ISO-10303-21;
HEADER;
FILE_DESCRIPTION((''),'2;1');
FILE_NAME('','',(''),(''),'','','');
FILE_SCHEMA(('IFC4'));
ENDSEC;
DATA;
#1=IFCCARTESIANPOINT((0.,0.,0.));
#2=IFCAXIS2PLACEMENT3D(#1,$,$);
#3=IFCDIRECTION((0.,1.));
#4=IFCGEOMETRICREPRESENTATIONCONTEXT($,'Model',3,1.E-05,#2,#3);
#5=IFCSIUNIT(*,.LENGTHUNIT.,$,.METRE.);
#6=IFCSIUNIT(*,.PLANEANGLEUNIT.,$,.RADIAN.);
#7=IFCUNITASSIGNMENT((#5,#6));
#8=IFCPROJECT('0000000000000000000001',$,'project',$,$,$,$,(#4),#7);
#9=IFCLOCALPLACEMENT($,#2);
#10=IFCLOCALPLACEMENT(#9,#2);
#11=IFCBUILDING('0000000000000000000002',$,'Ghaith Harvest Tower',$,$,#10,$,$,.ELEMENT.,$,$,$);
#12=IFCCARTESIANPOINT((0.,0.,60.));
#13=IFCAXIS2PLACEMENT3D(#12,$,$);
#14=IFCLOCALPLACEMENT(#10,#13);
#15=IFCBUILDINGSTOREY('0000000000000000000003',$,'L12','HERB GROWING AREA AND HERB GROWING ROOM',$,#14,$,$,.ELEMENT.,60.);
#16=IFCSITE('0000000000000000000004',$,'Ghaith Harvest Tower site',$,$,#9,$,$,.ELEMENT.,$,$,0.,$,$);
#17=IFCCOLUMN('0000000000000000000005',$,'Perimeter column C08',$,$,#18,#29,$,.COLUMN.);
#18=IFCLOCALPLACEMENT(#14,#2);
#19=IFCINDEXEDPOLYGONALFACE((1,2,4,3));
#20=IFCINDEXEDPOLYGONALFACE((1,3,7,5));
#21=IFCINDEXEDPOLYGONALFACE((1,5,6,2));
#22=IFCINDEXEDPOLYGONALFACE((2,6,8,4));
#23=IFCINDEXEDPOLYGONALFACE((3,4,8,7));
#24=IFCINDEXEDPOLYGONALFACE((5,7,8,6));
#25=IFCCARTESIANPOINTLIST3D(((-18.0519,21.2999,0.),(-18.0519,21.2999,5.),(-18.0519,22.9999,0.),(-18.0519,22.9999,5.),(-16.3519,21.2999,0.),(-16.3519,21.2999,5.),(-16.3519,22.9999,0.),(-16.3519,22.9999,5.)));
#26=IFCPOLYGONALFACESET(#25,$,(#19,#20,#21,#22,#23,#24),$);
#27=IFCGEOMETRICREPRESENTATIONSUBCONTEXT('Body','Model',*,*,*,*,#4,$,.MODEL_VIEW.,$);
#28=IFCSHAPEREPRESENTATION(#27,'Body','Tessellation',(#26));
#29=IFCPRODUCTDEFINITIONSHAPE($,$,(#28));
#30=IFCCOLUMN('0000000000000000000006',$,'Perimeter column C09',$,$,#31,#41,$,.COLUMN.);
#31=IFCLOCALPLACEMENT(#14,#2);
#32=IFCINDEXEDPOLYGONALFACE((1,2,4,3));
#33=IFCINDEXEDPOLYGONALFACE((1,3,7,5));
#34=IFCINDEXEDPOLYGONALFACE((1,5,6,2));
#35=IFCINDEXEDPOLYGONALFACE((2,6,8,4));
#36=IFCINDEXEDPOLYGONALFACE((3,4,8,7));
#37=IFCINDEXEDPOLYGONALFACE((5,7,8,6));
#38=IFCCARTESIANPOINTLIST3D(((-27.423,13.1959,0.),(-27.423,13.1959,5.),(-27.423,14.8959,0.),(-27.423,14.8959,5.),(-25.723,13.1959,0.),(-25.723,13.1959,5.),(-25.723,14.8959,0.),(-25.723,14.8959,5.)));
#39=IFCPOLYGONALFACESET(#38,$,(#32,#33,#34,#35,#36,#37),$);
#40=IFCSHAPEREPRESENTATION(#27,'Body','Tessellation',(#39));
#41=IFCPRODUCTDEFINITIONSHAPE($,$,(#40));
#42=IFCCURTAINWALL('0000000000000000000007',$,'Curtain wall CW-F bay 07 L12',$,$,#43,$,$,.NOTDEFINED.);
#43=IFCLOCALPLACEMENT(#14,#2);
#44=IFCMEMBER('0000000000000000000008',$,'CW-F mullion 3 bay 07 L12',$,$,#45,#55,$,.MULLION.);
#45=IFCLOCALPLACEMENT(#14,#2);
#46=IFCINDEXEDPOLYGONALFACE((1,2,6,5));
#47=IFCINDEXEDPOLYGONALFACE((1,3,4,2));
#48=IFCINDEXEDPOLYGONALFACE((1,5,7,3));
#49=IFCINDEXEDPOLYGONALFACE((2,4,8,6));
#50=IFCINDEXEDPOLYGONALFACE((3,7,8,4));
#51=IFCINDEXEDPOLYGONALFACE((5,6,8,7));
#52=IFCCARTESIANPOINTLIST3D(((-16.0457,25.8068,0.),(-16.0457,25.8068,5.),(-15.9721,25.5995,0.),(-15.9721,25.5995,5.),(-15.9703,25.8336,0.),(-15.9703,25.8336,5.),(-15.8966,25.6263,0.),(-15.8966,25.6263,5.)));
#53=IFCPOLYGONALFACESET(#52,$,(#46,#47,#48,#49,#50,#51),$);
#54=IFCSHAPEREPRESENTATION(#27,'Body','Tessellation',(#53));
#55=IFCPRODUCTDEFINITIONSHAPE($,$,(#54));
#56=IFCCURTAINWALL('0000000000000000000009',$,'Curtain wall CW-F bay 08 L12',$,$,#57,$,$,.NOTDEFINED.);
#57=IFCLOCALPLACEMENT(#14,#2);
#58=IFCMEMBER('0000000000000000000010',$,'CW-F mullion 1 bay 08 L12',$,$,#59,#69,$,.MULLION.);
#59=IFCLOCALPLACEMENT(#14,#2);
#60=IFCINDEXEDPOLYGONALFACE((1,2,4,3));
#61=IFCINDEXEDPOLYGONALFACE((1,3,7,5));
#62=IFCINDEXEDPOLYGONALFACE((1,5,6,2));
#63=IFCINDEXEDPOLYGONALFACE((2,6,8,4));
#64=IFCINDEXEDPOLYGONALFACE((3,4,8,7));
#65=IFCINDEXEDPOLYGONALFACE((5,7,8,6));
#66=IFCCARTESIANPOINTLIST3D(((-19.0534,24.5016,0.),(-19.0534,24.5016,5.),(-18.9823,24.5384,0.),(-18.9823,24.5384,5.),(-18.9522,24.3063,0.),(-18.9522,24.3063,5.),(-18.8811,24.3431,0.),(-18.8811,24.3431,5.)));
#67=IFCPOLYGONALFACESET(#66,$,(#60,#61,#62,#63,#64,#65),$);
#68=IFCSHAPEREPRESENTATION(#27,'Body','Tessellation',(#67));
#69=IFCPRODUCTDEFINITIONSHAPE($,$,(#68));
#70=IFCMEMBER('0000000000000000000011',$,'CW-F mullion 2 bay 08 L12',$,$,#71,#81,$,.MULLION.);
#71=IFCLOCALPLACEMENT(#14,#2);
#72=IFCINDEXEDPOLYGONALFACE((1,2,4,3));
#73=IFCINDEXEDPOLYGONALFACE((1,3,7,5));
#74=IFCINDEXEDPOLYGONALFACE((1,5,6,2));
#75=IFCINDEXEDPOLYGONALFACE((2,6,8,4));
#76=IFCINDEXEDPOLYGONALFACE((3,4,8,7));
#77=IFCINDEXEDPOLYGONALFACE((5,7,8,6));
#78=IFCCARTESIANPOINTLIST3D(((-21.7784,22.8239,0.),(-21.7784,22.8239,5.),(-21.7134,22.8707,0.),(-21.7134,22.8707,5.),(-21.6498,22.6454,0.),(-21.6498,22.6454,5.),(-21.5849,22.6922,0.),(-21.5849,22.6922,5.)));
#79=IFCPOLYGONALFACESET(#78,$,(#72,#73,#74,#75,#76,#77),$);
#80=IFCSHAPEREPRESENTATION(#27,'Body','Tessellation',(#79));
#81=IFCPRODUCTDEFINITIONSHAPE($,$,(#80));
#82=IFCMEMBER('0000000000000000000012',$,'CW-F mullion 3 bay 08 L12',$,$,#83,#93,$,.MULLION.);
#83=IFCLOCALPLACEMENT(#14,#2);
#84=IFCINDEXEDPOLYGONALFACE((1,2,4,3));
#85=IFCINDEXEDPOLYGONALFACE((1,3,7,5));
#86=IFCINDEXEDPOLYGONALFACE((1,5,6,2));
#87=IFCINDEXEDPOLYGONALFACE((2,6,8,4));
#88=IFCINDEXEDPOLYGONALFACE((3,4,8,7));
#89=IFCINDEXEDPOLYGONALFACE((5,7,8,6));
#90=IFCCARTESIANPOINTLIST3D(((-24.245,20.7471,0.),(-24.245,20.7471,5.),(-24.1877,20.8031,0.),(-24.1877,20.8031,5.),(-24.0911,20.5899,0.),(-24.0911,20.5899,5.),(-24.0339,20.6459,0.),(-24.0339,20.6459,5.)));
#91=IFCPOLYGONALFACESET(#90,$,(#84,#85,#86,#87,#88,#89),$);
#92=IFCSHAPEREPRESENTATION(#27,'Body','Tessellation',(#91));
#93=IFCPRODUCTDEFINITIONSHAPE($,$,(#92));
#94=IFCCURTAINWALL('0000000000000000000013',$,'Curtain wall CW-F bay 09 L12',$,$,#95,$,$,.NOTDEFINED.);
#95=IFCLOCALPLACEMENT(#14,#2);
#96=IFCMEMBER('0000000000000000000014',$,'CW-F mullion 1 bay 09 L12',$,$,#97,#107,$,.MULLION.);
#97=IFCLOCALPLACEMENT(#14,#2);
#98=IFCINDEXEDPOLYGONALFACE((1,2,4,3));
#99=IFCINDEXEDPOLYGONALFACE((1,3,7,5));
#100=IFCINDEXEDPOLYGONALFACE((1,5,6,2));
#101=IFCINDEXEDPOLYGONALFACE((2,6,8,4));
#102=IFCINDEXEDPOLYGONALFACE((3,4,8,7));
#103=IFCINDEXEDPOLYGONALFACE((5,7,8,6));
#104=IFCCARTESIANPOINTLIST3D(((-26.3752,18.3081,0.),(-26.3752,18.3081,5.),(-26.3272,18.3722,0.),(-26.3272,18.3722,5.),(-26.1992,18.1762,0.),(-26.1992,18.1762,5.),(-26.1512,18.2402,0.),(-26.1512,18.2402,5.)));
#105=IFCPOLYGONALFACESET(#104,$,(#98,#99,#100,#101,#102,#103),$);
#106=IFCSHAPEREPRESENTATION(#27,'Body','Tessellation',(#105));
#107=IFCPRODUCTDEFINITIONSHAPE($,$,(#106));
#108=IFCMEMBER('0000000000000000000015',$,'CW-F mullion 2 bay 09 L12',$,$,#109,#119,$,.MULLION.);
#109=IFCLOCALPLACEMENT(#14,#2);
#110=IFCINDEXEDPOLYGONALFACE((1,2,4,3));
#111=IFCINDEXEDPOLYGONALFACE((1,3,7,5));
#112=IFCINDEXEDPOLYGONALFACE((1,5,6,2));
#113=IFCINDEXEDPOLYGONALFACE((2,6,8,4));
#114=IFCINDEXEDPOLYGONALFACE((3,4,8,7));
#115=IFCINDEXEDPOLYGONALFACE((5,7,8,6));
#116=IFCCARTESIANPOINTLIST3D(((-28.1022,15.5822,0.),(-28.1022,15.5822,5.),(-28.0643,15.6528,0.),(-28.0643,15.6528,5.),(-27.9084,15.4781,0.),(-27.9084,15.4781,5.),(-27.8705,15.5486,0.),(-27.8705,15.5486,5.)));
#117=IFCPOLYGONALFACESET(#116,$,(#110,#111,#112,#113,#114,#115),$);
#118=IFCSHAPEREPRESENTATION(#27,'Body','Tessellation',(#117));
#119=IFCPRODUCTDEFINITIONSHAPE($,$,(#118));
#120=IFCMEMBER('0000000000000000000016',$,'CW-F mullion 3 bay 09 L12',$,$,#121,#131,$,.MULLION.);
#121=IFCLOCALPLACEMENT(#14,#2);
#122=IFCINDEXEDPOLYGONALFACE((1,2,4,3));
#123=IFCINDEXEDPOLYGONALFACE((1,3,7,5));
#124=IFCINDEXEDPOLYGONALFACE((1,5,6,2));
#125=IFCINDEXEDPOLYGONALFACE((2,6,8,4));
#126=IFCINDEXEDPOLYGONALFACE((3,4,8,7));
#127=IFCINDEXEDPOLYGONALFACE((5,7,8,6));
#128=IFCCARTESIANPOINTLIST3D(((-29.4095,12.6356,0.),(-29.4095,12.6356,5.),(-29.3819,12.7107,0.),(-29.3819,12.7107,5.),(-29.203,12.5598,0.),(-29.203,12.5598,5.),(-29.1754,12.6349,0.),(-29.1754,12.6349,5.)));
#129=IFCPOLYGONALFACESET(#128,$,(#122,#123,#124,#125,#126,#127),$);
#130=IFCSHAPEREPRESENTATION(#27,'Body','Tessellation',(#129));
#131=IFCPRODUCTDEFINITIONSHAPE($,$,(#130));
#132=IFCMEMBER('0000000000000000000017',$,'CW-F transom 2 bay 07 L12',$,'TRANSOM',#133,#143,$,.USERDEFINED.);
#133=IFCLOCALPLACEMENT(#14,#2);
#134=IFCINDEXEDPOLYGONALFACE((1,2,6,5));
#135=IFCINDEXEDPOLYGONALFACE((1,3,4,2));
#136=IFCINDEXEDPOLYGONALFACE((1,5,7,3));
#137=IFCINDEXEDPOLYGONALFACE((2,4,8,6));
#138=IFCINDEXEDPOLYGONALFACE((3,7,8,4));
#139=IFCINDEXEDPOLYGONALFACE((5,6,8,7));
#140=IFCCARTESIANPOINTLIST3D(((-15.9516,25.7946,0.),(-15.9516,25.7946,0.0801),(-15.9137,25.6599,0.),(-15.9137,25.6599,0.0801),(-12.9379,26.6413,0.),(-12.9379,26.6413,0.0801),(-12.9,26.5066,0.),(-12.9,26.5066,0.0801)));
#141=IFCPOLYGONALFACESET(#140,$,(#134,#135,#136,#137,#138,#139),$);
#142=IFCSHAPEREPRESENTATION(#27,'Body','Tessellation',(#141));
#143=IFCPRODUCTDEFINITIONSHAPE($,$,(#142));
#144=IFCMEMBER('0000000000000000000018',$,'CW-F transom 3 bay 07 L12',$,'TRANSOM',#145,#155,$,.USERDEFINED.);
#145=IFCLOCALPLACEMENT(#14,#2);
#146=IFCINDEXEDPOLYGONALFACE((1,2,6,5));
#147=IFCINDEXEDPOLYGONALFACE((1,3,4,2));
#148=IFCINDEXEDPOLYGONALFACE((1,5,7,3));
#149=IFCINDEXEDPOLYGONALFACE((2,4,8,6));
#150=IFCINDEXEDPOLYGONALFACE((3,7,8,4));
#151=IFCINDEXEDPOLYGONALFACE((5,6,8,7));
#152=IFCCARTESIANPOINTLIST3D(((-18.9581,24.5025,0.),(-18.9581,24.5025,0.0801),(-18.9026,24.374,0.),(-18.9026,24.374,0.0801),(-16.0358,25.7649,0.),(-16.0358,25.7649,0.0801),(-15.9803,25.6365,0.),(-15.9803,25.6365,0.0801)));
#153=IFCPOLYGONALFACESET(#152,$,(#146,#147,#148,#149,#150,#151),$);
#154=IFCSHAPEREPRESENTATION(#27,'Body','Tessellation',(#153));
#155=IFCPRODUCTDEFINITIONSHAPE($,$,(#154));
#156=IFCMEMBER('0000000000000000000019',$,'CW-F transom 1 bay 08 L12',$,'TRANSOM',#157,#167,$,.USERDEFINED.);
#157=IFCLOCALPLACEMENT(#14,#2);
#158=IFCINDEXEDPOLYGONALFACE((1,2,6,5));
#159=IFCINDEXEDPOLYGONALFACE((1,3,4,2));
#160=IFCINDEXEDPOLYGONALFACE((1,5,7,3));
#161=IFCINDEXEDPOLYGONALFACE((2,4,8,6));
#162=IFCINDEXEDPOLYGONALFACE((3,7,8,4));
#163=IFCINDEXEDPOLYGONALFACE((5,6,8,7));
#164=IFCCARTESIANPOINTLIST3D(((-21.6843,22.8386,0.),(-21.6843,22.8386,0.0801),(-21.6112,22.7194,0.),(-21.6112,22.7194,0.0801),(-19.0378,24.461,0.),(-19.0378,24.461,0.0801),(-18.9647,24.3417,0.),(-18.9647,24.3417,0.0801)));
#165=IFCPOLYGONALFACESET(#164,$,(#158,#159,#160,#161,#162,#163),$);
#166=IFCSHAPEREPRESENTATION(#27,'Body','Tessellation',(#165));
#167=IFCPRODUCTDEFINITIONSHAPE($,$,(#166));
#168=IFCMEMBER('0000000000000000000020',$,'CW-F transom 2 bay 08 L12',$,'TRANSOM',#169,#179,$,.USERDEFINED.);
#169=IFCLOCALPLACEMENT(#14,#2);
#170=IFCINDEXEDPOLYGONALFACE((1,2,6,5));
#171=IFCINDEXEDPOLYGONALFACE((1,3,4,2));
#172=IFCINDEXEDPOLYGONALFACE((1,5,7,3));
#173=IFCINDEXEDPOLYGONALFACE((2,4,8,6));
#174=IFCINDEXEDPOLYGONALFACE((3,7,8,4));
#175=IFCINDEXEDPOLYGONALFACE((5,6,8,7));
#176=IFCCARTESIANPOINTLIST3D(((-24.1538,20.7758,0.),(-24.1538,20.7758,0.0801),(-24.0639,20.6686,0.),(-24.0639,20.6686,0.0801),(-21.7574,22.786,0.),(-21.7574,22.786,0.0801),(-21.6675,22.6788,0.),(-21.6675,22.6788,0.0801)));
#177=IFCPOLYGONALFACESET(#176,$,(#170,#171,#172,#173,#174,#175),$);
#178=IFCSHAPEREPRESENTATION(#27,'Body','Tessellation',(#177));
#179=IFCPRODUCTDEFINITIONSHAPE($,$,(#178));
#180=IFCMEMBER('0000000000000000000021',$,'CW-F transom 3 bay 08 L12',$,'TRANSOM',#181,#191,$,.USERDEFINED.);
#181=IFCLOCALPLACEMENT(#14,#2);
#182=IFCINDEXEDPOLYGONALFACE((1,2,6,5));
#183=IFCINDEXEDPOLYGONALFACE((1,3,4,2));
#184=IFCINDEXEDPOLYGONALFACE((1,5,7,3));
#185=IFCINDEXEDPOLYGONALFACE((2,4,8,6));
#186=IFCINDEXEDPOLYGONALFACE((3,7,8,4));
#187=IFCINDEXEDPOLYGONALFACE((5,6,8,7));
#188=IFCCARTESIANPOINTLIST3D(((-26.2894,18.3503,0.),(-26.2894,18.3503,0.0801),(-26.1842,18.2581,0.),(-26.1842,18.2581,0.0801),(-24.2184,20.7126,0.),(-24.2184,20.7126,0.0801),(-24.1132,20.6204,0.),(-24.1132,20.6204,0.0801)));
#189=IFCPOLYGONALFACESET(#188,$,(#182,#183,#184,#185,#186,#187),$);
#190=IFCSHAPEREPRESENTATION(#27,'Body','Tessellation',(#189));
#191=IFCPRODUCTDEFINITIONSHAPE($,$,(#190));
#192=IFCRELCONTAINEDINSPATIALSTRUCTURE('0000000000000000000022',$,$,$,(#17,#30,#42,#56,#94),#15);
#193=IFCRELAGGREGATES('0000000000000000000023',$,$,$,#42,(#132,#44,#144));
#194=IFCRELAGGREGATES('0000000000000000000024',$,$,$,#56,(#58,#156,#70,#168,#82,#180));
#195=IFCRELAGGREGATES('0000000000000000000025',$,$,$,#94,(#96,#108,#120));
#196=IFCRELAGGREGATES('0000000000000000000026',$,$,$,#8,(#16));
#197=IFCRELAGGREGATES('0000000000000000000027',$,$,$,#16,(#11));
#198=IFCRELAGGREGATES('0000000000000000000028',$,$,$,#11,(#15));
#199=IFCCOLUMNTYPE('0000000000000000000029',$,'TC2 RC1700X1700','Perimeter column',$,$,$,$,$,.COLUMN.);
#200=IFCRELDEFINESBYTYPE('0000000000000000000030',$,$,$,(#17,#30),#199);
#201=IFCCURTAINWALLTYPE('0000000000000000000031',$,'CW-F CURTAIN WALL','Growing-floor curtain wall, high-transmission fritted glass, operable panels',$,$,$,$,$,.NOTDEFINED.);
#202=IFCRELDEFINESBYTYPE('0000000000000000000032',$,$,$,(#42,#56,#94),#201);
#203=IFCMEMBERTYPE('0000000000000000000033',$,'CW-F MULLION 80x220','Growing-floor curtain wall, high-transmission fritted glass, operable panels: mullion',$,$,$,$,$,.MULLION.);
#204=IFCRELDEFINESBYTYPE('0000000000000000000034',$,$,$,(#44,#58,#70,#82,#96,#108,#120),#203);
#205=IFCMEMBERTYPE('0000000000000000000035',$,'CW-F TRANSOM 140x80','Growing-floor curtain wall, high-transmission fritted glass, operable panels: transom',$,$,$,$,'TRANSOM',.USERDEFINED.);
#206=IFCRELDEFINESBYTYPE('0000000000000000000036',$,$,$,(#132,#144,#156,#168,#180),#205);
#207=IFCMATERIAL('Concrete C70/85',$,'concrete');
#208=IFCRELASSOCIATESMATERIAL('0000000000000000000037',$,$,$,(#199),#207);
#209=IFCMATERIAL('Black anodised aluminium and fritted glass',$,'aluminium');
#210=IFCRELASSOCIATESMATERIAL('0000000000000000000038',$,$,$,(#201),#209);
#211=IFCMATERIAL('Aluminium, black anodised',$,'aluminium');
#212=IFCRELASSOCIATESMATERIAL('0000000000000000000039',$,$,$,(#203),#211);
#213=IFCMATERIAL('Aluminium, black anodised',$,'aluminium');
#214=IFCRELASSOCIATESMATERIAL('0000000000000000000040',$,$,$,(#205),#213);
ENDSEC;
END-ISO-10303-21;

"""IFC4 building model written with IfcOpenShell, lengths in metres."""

from ifc_helpers import new_model, si_unit, direction, frame, origin, origin_2d, place, context, subcontext, project, spatial, rectangle, extrude, material, material_profile, profile_set, type_object, element, aggregate, save


model = new_model("IFC4")

# Units and contexts
model_context = context("Model", 3, precision=1e-05, world=origin(), true_north=direction((0.0, 1.0)))
body_context = subcontext(model_context, "Body", "Model", "MODEL_VIEW")
ifc_project = project(units=[si_unit("LENGTHUNIT", "METRE"), si_unit("PLANEANGLEUNIT", "RADIAN")], contexts=[model_context])

# Site, building, storey
site_placement = place(None, origin())
site = spatial("IfcSite", under=ifc_project, at=site_placement, Name="Ghaith Harvest Tower site", CompositionType="ELEMENT", RefElevation=0.0)
building_placement = place(site_placement, origin())
building = spatial("IfcBuilding", under=site, at=building_placement, Name="Ghaith Harvest Tower", CompositionType="ELEMENT")
storey_placement = place(building_placement, frame((0.0, 0.0, 60.0)))
storey = spatial("IfcBuildingStorey", under=building, at=storey_placement, Name="L12", Description="HERB GROWING AREA AND HERB GROWING ROOM", CompositionType="ELEMENT", Elevation=60.0)

# Columns
ifc_material_1 = material(Name="Concrete C70/85", Category="concrete")
ifc_material_profile_1 = material_profile(ifc_material_1, rectangle(XDim=1.7, YDim=1.7, at=origin_2d()), Name="RC1700X1700")
ifc_profile_set_1 = profile_set([ifc_material_profile_1], Name="Concrete C70/85")
column_type = type_object("IfcColumnType", Name="TC2 RC1700X1700", Description="Perimeter column", PredefinedType="COLUMN", material=ifc_profile_set_1)
for number, where, z_axis, x_axis, name in (
    (1, (-17.2019, 22.1499, 0.0), (0.0, 0.0, 1.0), (1.0, 0.0, 0.0), "Perimeter column C08"),
    (2, (-26.573, 14.0459, 0.0), (0.0, 0.0, 1.0), (1.0, 0.0, 0.0), "Perimeter column C09"),
):
    element("IfcColumn", number, at=place(storey_placement, frame(where, z_axis=z_axis, x_axis=x_axis)), inside=storey, type_object=column_type, Name=name, PredefinedType="COLUMN", context=body_context, shape_type="SweptSolid", body=[
        extrude(rectangle(XDim=1.7, YDim=1.7, at=origin_2d()), origin(), (0.0, 0.0, 1.0), 5.0),
    ])

# Curtain wall, member
ifc_material_2 = material(Name="Black anodised aluminium and fritted glass", Category="aluminium")
curtain_wall_type = type_object("IfcCurtainWallType", Name="CW-F CURTAIN WALL", Description="Growing-floor curtain wall, high-transmission fritted glass, operable panels", PredefinedType="NOTDEFINED", material=ifc_material_2)
curtain_wall_1_placement = place(storey_placement, origin())
curtain_wall_1 = element("IfcCurtainWall", 3, at=curtain_wall_1_placement, inside=storey, type_object=curtain_wall_type, Name="Curtain wall CW-F bay 07 L12", PredefinedType="NOTDEFINED")
ifc_material_3 = material(Name="Aluminium, black anodised", Category="aluminium")
ifc_material_profile_2 = material_profile(ifc_material_3, rectangle(XDim=0.0801, YDim=0.22, at=origin_2d()), Name="CW-F MULLION 80x220")
ifc_profile_set_2 = profile_set([ifc_material_profile_2], Name="Aluminium, black anodised")
member_type_1 = type_object("IfcMemberType", Name="CW-F MULLION 80x220", Description="Growing-floor curtain wall, high-transmission fritted glass, operable panels: mullion", PredefinedType="MULLION", material=ifc_profile_set_2)
member_1_placement = place(storey_placement, frame((-15.9712, 25.7166, 0.0), z_axis=(0.0, 0.0, 1.0), x_axis=(-0.942294, -0.334788, 0.0)))
member_1 = element("IfcMember", 4, at=member_1_placement, type_object=member_type_1, Name="CW-F mullion 3 bay 07 L12", PredefinedType="MULLION", context=body_context, shape_type="SweptSolid", body=[
    extrude(rectangle(XDim=0.0801, YDim=0.22, at=origin_2d()), origin(), (0.0, 0.0, 1.0), 5.0),
])

# Curtain walls, members
curtain_wall_2_placement = place(storey_placement, origin())
curtain_wall_2 = element("IfcCurtainWall", 5, at=curtain_wall_2_placement, inside=storey, type_object=curtain_wall_type, Name="Curtain wall CW-F bay 08 L12", PredefinedType="NOTDEFINED")
member_2_placement = place(storey_placement, frame((-18.9673, 24.4224, 0.0), z_axis=(0.0, 0.0, 1.0), x_axis=(-0.887912, -0.460013, 0.0)))
member_2 = element("IfcMember", 6, at=member_2_placement, type_object=member_type_1, Name="CW-F mullion 1 bay 08 L12", PredefinedType="MULLION", context=body_context, shape_type="SweptSolid", body=[
    extrude(rectangle(XDim=0.0801, YDim=0.22, at=origin_2d()), origin(), (0.0, 0.0, 1.0), 5.0),
])
member_3_placement = place(storey_placement, frame((-21.6816, 22.7581, 0.0), z_axis=(0.0, 0.0, 1.0), x_axis=(-0.811401, -0.58449, 0.0)))
member_3 = element("IfcMember", 7, at=member_3_placement, type_object=member_type_1, Name="CW-F mullion 2 bay 08 L12", PredefinedType="MULLION", context=body_context, shape_type="SweptSolid", body=[
    extrude(rectangle(XDim=0.0801, YDim=0.22, at=origin_2d()), origin(), (0.0, 0.0, 1.0), 5.0),
])
member_4_placement = place(storey_placement, frame((-24.1394, 20.6965, 0.0), z_axis=(0.0, 0.0, 1.0), x_axis=(-0.714663, -0.699469, 0.0)))
member_4 = element("IfcMember", 8, at=member_4_placement, type_object=member_type_1, Name="CW-F mullion 3 bay 08 L12", PredefinedType="MULLION", context=body_context, shape_type="SweptSolid", body=[
    extrude(rectangle(XDim=0.0801, YDim=0.22, at=origin_2d()), origin(), (0.0, 0.0, 1.0), 5.0),
])
curtain_wall_3_placement = place(storey_placement, origin())
curtain_wall_3 = element("IfcCurtainWall", 9, at=curtain_wall_3_placement, inside=storey, type_object=curtain_wall_type, Name="Curtain wall CW-F bay 09 L12", PredefinedType="NOTDEFINED")
member_5_placement = place(storey_placement, frame((-26.2632, 18.2742, 0.0), z_axis=(0.0, 0.0, 1.0), x_axis=(-0.599862, -0.800104, 0.0)))
member_5 = element("IfcMember", 10, at=member_5_placement, type_object=member_type_1, Name="CW-F mullion 1 bay 09 L12", PredefinedType="MULLION", context=body_context, shape_type="SweptSolid", body=[
    extrude(rectangle(XDim=0.0801, YDim=0.22, at=origin_2d()), origin(), (0.0, 0.0, 1.0), 5.0),
])
member_6_placement = place(storey_placement, frame((-27.9863, 15.5654, 0.0), z_axis=(0.0, 0.0, 1.0), x_axis=(-0.473265, -0.88092, 0.0)))
member_6 = element("IfcMember", 11, at=member_6_placement, type_object=member_type_1, Name="CW-F mullion 2 bay 09 L12", PredefinedType="MULLION", context=body_context, shape_type="SweptSolid", body=[
    extrude(rectangle(XDim=0.0801, YDim=0.22, at=origin_2d()), origin(), (0.0, 0.0, 1.0), 5.0),
])
member_7_placement = place(storey_placement, frame((-29.2925, 12.6353, 0.0), z_axis=(0.0, 0.0, 1.0), x_axis=(-0.344618, -0.938743, 0.0)))
member_7 = element("IfcMember", 12, at=member_7_placement, type_object=member_type_1, Name="CW-F mullion 3 bay 09 L12", PredefinedType="MULLION", context=body_context, shape_type="SweptSolid", body=[
    extrude(rectangle(XDim=0.0801, YDim=0.22, at=origin_2d()), origin(), (0.0, 0.0, 1.0), 5.0),
])

# Members
ifc_material_4 = material(Name="Aluminium, black anodised", Category="aluminium")
ifc_material_profile_3 = material_profile(ifc_material_4, rectangle(XDim=0.1399, YDim=0.0801, at=origin_2d()), Name="CW-F TRANSOM 140x80")
ifc_profile_set_3 = profile_set([ifc_material_profile_3], Name="Aluminium, black anodised")
member_type_2 = type_object("IfcMemberType", Name="CW-F TRANSOM 140x80", Description="Growing-floor curtain wall, high-transmission fritted glass, operable panels: transom", ElementType="TRANSOM", PredefinedType="USERDEFINED", material=ifc_profile_set_3)
member_8_placement = place(storey_placement, frame((-12.9189, 26.574, 0.04), z_axis=(-0.962727, -0.270475, 0.0), x_axis=(0.270475, -0.962727, 0.0)))
member_8 = element("IfcMember", 13, at=member_8_placement, type_object=member_type_2, Name="CW-F transom 2 bay 07 L12", ObjectType="TRANSOM", PredefinedType="USERDEFINED", context=body_context, shape_type="SweptSolid", body=[
    extrude(rectangle(XDim=0.1399, YDim=0.0801, at=origin_2d()), origin(), (0.0, 0.0, 1.0), 3.1304),
])
member_9_placement = place(storey_placement, frame((-16.0081, 25.7007, 0.04), z_axis=(-0.918003, -0.396574, 0.0), x_axis=(0.396574, -0.918003, 0.0)))
member_9 = element("IfcMember", 14, at=member_9_placement, type_object=member_type_2, Name="CW-F transom 3 bay 07 L12", ObjectType="TRANSOM", PredefinedType="USERDEFINED", context=body_context, shape_type="SweptSolid", body=[
    extrude(rectangle(XDim=0.1399, YDim=0.0801, at=origin_2d()), origin(), (0.0, 0.0, 1.0), 3.1833),
])
member_10_placement = place(storey_placement, frame((-19.0012, 24.4014, 0.04), z_axis=(-0.852562, -0.522627, 0.0), x_axis=(0.522627, -0.852562, 0.0)))
member_10 = element("IfcMember", 15, at=member_10_placement, type_object=member_type_2, Name="CW-F transom 1 bay 08 L12", ObjectType="TRANSOM", PredefinedType="USERDEFINED", context=body_context, shape_type="SweptSolid", body=[
    extrude(rectangle(XDim=0.1399, YDim=0.0801, at=origin_2d()), origin(), (0.0, 0.0, 1.0), 3.1042),
])
member_11_placement = place(storey_placement, frame((-21.7124, 22.7324, 0.04), z_axis=(-0.766144, -0.642668, 0.0), x_axis=(0.642668, -0.766144, 0.0)))
member_11 = element("IfcMember", 16, at=member_11_placement, type_object=member_type_2, Name="CW-F transom 2 bay 08 L12", ObjectType="TRANSOM", PredefinedType="USERDEFINED", context=body_context, shape_type="SweptSolid", body=[
    extrude(rectangle(XDim=0.1399, YDim=0.0801, at=origin_2d()), origin(), (0.0, 0.0, 1.0), 3.1279),
])
member_12_placement = place(storey_placement, frame((-24.1658, 20.6665, 0.04), z_axis=(-0.659231, -0.751941, 0.0), x_axis=(0.751941, -0.659231, 0.0)))
member_12 = element("IfcMember", 17, at=member_12_placement, type_object=member_type_2, Name="CW-F transom 3 bay 08 L12", ObjectType="TRANSOM", PredefinedType="USERDEFINED", context=body_context, shape_type="SweptSolid", body=[
    extrude(rectangle(XDim=0.1399, YDim=0.0801, at=origin_2d()), origin(), (0.0, 0.0, 1.0), 3.1416),
])

aggregate(curtain_wall_1, [member_8, member_1, member_9])
aggregate(curtain_wall_2, [member_2, member_10, member_3, member_11, member_4, member_12])
aggregate(curtain_wall_3, [member_5, member_6, member_7])

save(model, "model.ifc")
